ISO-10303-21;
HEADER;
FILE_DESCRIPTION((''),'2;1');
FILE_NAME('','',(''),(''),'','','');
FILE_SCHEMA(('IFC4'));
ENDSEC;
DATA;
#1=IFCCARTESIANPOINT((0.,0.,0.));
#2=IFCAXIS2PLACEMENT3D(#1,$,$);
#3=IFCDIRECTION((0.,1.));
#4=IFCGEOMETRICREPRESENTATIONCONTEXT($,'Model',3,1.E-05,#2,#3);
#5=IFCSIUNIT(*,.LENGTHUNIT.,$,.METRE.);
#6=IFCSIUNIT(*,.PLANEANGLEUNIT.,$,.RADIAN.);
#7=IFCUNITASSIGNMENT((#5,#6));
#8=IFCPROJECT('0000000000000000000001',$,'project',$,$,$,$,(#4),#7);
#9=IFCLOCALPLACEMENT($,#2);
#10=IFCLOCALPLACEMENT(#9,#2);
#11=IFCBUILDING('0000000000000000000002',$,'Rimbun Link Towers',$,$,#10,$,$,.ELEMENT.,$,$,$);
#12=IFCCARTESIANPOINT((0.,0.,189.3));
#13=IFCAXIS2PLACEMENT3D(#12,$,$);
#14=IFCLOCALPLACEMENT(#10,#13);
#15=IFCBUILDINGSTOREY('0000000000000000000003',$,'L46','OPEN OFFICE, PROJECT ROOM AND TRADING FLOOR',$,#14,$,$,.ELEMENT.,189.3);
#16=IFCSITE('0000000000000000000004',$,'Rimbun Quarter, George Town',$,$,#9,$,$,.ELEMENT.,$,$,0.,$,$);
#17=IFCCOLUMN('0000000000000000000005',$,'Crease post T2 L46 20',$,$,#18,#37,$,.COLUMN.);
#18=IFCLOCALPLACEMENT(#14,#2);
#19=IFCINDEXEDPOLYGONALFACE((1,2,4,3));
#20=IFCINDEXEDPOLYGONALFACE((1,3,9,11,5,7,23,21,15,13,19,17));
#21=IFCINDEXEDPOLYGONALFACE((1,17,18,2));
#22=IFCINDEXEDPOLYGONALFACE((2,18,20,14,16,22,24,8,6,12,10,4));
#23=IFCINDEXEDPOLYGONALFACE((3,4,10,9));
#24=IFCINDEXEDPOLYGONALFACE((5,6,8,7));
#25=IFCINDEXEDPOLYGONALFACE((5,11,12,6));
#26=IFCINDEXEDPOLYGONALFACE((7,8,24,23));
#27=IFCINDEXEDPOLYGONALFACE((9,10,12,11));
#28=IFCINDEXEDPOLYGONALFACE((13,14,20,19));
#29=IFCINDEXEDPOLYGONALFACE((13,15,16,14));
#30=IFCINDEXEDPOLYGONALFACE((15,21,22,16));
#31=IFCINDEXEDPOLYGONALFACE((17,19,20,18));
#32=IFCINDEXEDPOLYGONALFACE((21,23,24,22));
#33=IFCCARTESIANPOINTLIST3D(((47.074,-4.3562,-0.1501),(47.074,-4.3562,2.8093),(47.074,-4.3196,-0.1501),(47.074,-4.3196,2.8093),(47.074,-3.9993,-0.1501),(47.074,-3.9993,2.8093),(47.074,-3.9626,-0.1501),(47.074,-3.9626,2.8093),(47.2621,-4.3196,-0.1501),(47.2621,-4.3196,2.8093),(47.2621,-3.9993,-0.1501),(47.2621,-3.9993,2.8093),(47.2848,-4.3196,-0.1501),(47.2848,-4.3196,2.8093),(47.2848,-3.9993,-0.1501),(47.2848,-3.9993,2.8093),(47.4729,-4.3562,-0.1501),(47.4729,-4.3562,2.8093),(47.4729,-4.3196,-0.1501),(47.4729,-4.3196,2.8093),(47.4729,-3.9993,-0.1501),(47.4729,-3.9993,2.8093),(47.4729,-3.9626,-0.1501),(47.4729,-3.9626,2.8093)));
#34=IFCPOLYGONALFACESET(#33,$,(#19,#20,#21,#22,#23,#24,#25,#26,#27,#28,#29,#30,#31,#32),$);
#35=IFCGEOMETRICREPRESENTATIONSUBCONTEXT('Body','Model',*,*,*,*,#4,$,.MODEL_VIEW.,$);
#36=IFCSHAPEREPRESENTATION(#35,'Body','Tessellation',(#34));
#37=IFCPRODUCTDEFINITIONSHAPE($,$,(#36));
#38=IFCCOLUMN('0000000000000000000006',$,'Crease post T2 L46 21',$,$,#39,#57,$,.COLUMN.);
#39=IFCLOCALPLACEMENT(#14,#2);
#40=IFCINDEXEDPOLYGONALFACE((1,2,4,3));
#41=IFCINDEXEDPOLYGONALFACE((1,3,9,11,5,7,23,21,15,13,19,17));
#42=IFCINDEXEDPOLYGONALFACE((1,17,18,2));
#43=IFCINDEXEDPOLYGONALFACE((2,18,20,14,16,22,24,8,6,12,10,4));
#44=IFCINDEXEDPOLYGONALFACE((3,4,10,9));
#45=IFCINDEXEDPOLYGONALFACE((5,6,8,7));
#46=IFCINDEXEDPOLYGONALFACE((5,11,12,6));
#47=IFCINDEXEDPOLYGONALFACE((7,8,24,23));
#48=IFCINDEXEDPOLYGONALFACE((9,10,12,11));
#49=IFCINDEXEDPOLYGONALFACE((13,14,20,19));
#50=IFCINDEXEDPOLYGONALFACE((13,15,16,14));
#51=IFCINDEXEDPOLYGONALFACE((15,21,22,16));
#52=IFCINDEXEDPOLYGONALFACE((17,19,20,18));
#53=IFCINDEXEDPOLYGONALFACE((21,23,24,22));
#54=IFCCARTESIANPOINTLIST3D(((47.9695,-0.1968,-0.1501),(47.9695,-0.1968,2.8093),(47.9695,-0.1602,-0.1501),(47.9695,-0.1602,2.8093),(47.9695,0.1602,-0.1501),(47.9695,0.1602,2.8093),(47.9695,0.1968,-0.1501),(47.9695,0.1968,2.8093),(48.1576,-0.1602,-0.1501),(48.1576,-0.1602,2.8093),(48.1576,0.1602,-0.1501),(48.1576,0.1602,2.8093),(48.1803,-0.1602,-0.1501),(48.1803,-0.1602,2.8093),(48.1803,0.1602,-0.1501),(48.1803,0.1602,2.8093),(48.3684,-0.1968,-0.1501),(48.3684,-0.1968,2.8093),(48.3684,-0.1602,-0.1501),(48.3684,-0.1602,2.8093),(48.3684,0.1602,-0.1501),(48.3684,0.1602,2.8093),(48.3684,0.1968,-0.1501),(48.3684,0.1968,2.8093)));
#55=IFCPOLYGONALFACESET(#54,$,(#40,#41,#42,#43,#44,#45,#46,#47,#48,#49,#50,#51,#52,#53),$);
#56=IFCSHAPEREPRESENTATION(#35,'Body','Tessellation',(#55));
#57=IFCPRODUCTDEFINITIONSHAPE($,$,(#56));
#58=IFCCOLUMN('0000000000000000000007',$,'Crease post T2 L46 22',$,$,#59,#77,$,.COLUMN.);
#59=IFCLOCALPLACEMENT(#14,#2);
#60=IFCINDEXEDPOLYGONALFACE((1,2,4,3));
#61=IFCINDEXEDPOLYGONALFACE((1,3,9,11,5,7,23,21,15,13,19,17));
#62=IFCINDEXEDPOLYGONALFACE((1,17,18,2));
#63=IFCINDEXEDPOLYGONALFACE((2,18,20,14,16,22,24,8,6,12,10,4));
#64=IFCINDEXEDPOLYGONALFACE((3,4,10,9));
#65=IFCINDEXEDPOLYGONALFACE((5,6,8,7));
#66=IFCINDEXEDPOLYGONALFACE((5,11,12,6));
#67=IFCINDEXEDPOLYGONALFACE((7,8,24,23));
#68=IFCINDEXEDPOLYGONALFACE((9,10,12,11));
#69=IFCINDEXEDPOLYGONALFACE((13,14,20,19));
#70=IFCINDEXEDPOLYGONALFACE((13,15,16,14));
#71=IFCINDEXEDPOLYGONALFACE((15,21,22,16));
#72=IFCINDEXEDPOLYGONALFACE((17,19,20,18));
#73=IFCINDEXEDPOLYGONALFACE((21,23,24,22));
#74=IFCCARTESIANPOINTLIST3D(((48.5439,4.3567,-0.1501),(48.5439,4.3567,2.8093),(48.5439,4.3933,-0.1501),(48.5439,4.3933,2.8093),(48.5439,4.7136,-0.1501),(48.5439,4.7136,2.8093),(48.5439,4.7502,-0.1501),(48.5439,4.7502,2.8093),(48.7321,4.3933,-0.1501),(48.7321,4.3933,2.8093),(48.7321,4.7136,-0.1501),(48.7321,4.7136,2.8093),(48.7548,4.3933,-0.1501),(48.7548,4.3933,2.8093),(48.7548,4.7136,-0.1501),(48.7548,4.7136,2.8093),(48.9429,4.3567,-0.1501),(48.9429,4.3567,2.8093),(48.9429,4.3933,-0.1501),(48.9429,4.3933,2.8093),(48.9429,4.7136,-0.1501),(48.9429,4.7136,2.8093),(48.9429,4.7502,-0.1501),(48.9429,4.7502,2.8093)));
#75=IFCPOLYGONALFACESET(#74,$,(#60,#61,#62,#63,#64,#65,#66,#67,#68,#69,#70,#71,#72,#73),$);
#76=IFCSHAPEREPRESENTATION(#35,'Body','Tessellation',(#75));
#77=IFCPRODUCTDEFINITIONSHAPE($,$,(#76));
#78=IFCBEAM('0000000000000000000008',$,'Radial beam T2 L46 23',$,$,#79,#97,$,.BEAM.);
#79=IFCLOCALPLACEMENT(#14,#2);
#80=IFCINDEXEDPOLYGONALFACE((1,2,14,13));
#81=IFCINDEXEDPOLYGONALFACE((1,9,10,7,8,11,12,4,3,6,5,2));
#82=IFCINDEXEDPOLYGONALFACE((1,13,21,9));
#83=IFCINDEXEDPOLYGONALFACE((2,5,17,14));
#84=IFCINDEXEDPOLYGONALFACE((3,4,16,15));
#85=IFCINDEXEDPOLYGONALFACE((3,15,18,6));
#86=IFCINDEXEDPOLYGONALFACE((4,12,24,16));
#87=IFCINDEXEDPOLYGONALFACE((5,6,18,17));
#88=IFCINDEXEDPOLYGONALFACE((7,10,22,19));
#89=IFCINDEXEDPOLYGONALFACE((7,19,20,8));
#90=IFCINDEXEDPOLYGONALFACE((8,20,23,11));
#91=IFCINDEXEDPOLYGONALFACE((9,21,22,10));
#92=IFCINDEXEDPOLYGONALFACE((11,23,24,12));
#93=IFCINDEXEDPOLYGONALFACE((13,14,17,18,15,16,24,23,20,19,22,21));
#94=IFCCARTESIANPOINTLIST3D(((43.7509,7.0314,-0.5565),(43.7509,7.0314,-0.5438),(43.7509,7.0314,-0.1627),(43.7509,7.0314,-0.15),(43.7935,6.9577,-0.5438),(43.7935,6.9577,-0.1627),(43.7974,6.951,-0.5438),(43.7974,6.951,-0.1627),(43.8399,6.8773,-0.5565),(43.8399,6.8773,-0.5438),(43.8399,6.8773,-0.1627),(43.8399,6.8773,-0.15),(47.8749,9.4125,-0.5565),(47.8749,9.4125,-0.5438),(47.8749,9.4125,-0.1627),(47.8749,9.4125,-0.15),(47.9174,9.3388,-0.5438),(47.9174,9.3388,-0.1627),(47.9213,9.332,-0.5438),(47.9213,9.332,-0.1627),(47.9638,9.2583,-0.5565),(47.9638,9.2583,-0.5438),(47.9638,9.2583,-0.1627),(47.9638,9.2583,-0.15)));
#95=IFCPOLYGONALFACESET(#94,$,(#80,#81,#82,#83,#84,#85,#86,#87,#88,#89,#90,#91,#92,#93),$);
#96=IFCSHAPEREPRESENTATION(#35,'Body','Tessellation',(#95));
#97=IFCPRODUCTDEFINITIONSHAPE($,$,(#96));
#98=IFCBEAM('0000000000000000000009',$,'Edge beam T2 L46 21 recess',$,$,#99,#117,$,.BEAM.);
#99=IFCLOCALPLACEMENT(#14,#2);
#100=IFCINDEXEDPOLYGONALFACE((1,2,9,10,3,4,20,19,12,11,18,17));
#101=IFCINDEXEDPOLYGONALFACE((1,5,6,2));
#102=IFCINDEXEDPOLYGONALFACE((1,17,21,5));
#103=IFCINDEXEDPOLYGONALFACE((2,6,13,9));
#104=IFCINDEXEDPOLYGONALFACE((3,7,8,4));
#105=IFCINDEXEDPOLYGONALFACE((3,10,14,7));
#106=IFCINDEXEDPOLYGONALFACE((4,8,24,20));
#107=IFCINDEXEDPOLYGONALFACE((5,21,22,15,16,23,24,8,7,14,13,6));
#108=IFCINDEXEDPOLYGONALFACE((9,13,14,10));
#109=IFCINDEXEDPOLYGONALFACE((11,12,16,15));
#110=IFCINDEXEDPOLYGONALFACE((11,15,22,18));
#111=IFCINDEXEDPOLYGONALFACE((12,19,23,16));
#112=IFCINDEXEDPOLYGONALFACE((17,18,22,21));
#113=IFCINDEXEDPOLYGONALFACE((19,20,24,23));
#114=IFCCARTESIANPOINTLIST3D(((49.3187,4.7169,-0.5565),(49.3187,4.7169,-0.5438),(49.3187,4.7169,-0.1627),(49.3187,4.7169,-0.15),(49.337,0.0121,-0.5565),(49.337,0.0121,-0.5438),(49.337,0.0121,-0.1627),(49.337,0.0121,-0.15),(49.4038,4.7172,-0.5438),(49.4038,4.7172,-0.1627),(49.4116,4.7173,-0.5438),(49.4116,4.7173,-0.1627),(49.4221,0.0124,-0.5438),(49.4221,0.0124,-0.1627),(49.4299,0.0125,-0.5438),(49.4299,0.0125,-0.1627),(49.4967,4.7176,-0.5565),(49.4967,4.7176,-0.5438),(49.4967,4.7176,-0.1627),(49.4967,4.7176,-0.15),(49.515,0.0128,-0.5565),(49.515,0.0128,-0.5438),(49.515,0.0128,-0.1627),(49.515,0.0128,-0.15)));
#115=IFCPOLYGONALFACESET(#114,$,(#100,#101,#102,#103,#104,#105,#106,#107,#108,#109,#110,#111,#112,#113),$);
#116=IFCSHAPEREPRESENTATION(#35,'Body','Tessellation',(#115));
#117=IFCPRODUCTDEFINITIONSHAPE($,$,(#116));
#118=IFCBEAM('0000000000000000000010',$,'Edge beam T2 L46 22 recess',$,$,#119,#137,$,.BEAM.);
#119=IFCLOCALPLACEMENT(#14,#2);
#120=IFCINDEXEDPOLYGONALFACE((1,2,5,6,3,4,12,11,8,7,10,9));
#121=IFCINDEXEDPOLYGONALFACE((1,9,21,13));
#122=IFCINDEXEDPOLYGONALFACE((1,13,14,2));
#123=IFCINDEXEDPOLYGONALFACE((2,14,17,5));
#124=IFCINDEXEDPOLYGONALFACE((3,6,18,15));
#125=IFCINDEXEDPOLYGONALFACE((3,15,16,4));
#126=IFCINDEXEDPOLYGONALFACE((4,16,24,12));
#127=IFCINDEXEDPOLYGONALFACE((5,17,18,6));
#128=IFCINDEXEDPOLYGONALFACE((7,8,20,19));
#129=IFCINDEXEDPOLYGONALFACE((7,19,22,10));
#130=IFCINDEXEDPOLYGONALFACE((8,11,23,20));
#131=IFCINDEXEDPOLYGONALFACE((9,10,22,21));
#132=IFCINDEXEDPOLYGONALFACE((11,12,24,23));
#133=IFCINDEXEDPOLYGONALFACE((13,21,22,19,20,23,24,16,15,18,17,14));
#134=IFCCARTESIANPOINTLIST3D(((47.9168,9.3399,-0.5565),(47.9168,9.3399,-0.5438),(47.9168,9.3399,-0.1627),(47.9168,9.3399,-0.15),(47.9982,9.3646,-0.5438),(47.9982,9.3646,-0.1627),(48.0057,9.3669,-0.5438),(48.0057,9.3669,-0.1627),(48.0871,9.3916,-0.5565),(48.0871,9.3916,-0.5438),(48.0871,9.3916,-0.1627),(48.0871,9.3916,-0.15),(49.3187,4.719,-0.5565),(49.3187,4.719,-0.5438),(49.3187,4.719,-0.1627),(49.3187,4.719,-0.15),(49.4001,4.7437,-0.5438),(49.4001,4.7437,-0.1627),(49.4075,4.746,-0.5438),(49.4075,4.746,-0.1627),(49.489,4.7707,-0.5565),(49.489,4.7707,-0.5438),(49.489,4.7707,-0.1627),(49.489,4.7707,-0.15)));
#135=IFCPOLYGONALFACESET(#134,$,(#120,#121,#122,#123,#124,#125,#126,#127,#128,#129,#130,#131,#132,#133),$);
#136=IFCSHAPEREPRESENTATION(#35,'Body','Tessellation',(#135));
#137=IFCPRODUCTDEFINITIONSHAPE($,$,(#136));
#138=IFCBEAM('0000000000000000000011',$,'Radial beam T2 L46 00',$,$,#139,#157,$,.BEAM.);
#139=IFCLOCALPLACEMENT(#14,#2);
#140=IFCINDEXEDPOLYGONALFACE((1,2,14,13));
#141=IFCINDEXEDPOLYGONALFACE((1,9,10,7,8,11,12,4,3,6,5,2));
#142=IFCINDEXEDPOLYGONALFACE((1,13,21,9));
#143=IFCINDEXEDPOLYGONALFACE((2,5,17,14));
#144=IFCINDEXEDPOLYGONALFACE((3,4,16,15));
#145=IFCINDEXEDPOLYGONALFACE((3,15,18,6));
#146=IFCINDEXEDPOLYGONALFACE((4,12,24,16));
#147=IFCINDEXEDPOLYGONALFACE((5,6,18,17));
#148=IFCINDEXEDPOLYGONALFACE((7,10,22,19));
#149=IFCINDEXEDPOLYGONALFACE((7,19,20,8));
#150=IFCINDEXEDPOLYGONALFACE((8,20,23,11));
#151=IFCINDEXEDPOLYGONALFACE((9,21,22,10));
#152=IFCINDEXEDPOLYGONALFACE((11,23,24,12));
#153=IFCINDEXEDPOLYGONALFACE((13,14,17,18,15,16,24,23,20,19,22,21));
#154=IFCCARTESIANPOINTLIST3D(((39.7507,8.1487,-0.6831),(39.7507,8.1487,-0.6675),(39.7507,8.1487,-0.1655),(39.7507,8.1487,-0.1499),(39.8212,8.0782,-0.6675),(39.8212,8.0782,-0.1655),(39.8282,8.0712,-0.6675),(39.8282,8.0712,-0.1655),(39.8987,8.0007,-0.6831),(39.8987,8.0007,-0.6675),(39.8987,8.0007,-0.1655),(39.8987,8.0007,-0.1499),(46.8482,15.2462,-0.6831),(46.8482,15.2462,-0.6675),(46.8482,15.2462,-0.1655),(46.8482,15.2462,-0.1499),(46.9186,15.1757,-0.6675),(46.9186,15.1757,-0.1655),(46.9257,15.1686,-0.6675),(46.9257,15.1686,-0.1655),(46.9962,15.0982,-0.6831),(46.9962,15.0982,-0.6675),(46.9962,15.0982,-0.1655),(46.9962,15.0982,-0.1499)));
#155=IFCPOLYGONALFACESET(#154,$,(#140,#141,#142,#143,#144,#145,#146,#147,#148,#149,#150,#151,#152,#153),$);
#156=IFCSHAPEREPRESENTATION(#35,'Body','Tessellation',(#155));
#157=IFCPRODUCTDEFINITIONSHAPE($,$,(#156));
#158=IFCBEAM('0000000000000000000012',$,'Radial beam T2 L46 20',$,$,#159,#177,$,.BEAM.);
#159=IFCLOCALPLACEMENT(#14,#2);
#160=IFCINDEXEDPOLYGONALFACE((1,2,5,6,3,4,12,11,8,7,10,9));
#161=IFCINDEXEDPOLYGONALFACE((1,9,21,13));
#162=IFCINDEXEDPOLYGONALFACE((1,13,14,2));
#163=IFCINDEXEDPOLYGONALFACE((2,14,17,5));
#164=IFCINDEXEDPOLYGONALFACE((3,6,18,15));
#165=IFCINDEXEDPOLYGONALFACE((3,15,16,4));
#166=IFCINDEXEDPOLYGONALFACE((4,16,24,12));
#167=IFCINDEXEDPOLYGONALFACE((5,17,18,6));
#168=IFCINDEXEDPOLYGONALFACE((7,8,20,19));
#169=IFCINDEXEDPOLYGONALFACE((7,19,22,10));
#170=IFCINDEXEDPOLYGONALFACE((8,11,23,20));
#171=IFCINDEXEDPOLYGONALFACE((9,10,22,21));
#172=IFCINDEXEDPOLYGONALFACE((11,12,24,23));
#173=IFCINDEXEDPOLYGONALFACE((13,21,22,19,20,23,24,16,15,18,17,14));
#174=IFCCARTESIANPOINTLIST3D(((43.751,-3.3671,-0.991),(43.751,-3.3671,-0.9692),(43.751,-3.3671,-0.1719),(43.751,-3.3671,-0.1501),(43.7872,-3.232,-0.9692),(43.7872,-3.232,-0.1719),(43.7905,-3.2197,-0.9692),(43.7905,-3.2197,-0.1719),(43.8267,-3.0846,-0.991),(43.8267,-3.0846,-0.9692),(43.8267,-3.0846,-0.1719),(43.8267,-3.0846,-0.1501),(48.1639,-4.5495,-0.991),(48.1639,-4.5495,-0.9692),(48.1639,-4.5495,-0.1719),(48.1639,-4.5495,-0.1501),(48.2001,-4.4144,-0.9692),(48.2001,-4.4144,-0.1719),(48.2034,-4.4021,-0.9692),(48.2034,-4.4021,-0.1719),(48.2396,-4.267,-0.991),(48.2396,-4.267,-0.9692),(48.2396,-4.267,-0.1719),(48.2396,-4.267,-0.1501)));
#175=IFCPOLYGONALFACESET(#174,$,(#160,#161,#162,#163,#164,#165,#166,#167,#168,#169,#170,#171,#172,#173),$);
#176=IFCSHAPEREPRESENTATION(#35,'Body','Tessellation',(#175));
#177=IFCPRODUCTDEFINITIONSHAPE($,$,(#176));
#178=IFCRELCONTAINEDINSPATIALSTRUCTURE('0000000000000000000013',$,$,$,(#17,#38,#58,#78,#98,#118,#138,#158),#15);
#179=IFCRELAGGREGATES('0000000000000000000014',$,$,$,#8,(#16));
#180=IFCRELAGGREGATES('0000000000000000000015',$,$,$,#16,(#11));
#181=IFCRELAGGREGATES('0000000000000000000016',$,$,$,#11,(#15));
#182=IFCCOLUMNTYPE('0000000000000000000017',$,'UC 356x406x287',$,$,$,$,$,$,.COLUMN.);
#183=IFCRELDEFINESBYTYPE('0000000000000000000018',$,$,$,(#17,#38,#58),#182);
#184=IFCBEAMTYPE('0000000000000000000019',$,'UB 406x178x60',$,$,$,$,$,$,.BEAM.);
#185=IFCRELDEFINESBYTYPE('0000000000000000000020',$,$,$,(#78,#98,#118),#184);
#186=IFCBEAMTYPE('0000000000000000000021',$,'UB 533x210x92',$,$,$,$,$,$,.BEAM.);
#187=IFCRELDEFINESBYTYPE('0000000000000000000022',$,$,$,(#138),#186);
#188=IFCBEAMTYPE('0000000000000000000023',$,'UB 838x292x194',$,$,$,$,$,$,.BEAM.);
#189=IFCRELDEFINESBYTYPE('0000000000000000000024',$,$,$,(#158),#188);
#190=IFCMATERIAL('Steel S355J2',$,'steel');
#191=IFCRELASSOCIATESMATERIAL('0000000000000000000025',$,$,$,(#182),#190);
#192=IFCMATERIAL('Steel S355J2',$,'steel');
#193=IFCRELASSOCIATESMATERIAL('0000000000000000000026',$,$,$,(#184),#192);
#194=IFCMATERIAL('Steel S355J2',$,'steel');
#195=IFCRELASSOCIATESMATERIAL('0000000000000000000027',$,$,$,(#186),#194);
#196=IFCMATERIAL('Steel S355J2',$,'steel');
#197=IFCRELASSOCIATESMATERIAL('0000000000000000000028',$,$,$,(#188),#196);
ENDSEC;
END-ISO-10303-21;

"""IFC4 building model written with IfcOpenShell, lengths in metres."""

from ifc_helpers import new_model, si_unit, direction, frame, origin, origin_2d, place, context, subcontext, project, spatial, i_section, extrude, material, material_profile, profile_set, type_object, element, save


model = new_model("IFC4")

# Units and contexts
model_context = context("Model", 3, precision=1e-05, world=origin(), true_north=direction((0.0, 1.0)))
body_context = subcontext(model_context, "Body", "Model", "MODEL_VIEW")
ifc_project = project(units=[si_unit("LENGTHUNIT", "METRE"), si_unit("PLANEANGLEUNIT", "RADIAN")], contexts=[model_context])

# Site, building, storey
site_placement = place(None, origin())
site = spatial("IfcSite", under=ifc_project, at=site_placement, Name="Rimbun Quarter, George Town", CompositionType="ELEMENT", RefElevation=0.0)
building_placement = place(site_placement, origin())
building = spatial("IfcBuilding", under=site, at=building_placement, Name="Rimbun Link Towers", CompositionType="ELEMENT")
storey_placement = place(building_placement, frame((0.0, 0.0, 189.3)))
storey = spatial("IfcBuildingStorey", under=building, at=storey_placement, Name="L46", Description="OPEN OFFICE, PROJECT ROOM AND TRADING FLOOR", CompositionType="ELEMENT", Elevation=189.3)

# Columns
ifc_material_1 = material(Name="Steel S355J2", Category="steel")
ifc_material_profile_1 = material_profile(ifc_material_1, i_section(OverallWidth=0.3989, OverallDepth=0.3936, WebThickness=0.0227, FlangeThickness=0.0366, at=origin_2d()), Name="UC 356x406x287")
ifc_profile_set_1 = profile_set([ifc_material_profile_1], Name="Steel S355J2")
column_type = type_object("IfcColumnType", Name="UC 356x406x287", PredefinedType="COLUMN", material=ifc_profile_set_1)
for number, where, z_axis, x_axis, name in (
    (1, (47.2734, -4.1594, -0.1501), (0.0, 0.0, 1.0), (1.0, 0.0, 0.0), "Crease post T2 L46 20"),
    (2, (48.1689, 0.0, -0.1501), (0.0, 0.0, 1.0), (1.0, 0.0, 0.0), "Crease post T2 L46 21"),
    (3, (48.7434, 4.5535, -0.1501), (0.0, 0.0, 1.0), (1.0, 0.0, 0.0), "Crease post T2 L46 22"),
):
    element("IfcColumn", number, at=place(storey_placement, frame(where, z_axis=z_axis, x_axis=x_axis)), inside=storey, type_object=column_type, Name=name, PredefinedType="COLUMN", context=body_context, shape_type="SweptSolid", body=[
        extrude(i_section(OverallWidth=0.3989, OverallDepth=0.3936, WebThickness=0.0227, FlangeThickness=0.0366, at=origin_2d()), origin(), (0.0, 0.0, 1.0), 2.9595),
    ])

# Beams
ifc_material_2 = material(Name="Steel S355J2", Category="steel")
ifc_material_profile_2 = material_profile(ifc_material_2, i_section(OverallWidth=0.178, OverallDepth=0.4065, WebThickness=0.0078, FlangeThickness=0.0127, at=origin_2d()), Name="UB 406x178x60")
ifc_profile_set_2 = profile_set([ifc_material_profile_2], Name="Steel S355J2")
beam_type_1 = type_object("IfcBeamType", Name="UB 406x178x60", PredefinedType="BEAM", material=ifc_profile_set_2)
beam_1_placement = place(storey_placement, frame((43.7954, 6.9543, -0.3533), z_axis=(0.866017, 0.500015, 0.0), x_axis=(-0.500015, 0.866017, 0.0)))
element("IfcBeam", 4, at=beam_1_placement, inside=storey, type_object=beam_type_1, Name="Radial beam T2 L46 23", PredefinedType="BEAM", context=body_context, shape_type="SweptSolid", body=[
    extrude(i_section(OverallWidth=0.178, OverallDepth=0.4065, WebThickness=0.0078, FlangeThickness=0.0127, at=origin_2d()), origin(), (0.0, 0.0, 1.0), 4.762),
])
beam_2_placement = place(storey_placement, frame((49.426, 0.0125, -0.3533), z_axis=(-0.003892, 0.999992, 0.0), x_axis=(-0.999992, -0.003892, 0.0)))
element("IfcBeam", 5, at=beam_2_placement, inside=storey, type_object=beam_type_1, Name="Edge beam T2 L46 21 recess", PredefinedType="BEAM", context=body_context, shape_type="SweptSolid", body=[
    extrude(i_section(OverallWidth=0.178, OverallDepth=0.4065, WebThickness=0.0078, FlangeThickness=0.0127, at=origin_2d()), origin(), (0.0, 0.0, 1.0), 4.7048),
])
beam_3_placement = place(storey_placement, frame((49.4038, 4.7449, -0.3533), z_axis=(-0.29031, 0.956933, 0.0), x_axis=(-0.956933, -0.29031, 0.0)))
element("IfcBeam", 6, at=beam_3_placement, inside=storey, type_object=beam_type_1, Name="Edge beam T2 L46 22 recess", PredefinedType="BEAM", context=body_context, shape_type="SweptSolid", body=[
    extrude(i_section(OverallWidth=0.178, OverallDepth=0.4065, WebThickness=0.0078, FlangeThickness=0.0127, at=origin_2d()), origin(), (0.0, 0.0, 1.0), 4.8289),
])
ifc_material_3 = material(Name="Steel S355J2", Category="steel")
ifc_material_profile_3 = material_profile(ifc_material_3, i_section(OverallWidth=0.2092, OverallDepth=0.5332, WebThickness=0.01, FlangeThickness=0.0156, at=origin_2d()), Name="UB 533x210x92")
ifc_profile_set_3 = profile_set([ifc_material_profile_3], Name="Steel S355J2")
beam_type_2 = type_object("IfcBeamType", Name="UB 533x210x92", PredefinedType="BEAM", material=ifc_profile_set_3)
beam_4_placement = place(storey_placement, frame((39.8247, 8.0747, -0.4165), z_axis=(0.707107, 0.707107, 0.0), x_axis=(-0.707107, 0.707107, 0.0)))
element("IfcBeam", 7, at=beam_4_placement, inside=storey, type_object=beam_type_2, Name="Radial beam T2 L46 00", PredefinedType="BEAM", context=body_context, shape_type="SweptSolid", body=[
    extrude(i_section(OverallWidth=0.2092, OverallDepth=0.5332, WebThickness=0.01, FlangeThickness=0.0156, at=origin_2d()), origin(), (0.0, 0.0, 1.0), 10.0374),
])
ifc_material_4 = material(Name="Steel S355J2", Category="steel")
ifc_material_profile_4 = material_profile(ifc_material_4, i_section(OverallWidth=0.2925, OverallDepth=0.8408, WebThickness=0.0127, FlangeThickness=0.0217, at=origin_2d()), Name="UB 838x292x194")
ifc_profile_set_4 = profile_set([ifc_material_profile_4], Name="Steel S355J2")
beam_type_3 = type_object("IfcBeamType", Name="UB 838x292x194", PredefinedType="BEAM", material=ifc_profile_set_4)
beam_5_placement = place(storey_placement, frame((43.7888, -3.2258, -0.5706), z_axis=(0.965928, -0.25881, 0.0), x_axis=(0.25881, 0.965928, 0.0)))
element("IfcBeam", 8, at=beam_5_placement, inside=storey, type_object=beam_type_3, Name="Radial beam T2 L46 20", PredefinedType="BEAM", context=body_context, shape_type="SweptSolid", body=[
    extrude(i_section(OverallWidth=0.2925, OverallDepth=0.8408, WebThickness=0.0127, FlangeThickness=0.0217, at=origin_2d()), origin(), (0.0, 0.0, 1.0), 4.5686),
])

save(model, "model.ifc")
